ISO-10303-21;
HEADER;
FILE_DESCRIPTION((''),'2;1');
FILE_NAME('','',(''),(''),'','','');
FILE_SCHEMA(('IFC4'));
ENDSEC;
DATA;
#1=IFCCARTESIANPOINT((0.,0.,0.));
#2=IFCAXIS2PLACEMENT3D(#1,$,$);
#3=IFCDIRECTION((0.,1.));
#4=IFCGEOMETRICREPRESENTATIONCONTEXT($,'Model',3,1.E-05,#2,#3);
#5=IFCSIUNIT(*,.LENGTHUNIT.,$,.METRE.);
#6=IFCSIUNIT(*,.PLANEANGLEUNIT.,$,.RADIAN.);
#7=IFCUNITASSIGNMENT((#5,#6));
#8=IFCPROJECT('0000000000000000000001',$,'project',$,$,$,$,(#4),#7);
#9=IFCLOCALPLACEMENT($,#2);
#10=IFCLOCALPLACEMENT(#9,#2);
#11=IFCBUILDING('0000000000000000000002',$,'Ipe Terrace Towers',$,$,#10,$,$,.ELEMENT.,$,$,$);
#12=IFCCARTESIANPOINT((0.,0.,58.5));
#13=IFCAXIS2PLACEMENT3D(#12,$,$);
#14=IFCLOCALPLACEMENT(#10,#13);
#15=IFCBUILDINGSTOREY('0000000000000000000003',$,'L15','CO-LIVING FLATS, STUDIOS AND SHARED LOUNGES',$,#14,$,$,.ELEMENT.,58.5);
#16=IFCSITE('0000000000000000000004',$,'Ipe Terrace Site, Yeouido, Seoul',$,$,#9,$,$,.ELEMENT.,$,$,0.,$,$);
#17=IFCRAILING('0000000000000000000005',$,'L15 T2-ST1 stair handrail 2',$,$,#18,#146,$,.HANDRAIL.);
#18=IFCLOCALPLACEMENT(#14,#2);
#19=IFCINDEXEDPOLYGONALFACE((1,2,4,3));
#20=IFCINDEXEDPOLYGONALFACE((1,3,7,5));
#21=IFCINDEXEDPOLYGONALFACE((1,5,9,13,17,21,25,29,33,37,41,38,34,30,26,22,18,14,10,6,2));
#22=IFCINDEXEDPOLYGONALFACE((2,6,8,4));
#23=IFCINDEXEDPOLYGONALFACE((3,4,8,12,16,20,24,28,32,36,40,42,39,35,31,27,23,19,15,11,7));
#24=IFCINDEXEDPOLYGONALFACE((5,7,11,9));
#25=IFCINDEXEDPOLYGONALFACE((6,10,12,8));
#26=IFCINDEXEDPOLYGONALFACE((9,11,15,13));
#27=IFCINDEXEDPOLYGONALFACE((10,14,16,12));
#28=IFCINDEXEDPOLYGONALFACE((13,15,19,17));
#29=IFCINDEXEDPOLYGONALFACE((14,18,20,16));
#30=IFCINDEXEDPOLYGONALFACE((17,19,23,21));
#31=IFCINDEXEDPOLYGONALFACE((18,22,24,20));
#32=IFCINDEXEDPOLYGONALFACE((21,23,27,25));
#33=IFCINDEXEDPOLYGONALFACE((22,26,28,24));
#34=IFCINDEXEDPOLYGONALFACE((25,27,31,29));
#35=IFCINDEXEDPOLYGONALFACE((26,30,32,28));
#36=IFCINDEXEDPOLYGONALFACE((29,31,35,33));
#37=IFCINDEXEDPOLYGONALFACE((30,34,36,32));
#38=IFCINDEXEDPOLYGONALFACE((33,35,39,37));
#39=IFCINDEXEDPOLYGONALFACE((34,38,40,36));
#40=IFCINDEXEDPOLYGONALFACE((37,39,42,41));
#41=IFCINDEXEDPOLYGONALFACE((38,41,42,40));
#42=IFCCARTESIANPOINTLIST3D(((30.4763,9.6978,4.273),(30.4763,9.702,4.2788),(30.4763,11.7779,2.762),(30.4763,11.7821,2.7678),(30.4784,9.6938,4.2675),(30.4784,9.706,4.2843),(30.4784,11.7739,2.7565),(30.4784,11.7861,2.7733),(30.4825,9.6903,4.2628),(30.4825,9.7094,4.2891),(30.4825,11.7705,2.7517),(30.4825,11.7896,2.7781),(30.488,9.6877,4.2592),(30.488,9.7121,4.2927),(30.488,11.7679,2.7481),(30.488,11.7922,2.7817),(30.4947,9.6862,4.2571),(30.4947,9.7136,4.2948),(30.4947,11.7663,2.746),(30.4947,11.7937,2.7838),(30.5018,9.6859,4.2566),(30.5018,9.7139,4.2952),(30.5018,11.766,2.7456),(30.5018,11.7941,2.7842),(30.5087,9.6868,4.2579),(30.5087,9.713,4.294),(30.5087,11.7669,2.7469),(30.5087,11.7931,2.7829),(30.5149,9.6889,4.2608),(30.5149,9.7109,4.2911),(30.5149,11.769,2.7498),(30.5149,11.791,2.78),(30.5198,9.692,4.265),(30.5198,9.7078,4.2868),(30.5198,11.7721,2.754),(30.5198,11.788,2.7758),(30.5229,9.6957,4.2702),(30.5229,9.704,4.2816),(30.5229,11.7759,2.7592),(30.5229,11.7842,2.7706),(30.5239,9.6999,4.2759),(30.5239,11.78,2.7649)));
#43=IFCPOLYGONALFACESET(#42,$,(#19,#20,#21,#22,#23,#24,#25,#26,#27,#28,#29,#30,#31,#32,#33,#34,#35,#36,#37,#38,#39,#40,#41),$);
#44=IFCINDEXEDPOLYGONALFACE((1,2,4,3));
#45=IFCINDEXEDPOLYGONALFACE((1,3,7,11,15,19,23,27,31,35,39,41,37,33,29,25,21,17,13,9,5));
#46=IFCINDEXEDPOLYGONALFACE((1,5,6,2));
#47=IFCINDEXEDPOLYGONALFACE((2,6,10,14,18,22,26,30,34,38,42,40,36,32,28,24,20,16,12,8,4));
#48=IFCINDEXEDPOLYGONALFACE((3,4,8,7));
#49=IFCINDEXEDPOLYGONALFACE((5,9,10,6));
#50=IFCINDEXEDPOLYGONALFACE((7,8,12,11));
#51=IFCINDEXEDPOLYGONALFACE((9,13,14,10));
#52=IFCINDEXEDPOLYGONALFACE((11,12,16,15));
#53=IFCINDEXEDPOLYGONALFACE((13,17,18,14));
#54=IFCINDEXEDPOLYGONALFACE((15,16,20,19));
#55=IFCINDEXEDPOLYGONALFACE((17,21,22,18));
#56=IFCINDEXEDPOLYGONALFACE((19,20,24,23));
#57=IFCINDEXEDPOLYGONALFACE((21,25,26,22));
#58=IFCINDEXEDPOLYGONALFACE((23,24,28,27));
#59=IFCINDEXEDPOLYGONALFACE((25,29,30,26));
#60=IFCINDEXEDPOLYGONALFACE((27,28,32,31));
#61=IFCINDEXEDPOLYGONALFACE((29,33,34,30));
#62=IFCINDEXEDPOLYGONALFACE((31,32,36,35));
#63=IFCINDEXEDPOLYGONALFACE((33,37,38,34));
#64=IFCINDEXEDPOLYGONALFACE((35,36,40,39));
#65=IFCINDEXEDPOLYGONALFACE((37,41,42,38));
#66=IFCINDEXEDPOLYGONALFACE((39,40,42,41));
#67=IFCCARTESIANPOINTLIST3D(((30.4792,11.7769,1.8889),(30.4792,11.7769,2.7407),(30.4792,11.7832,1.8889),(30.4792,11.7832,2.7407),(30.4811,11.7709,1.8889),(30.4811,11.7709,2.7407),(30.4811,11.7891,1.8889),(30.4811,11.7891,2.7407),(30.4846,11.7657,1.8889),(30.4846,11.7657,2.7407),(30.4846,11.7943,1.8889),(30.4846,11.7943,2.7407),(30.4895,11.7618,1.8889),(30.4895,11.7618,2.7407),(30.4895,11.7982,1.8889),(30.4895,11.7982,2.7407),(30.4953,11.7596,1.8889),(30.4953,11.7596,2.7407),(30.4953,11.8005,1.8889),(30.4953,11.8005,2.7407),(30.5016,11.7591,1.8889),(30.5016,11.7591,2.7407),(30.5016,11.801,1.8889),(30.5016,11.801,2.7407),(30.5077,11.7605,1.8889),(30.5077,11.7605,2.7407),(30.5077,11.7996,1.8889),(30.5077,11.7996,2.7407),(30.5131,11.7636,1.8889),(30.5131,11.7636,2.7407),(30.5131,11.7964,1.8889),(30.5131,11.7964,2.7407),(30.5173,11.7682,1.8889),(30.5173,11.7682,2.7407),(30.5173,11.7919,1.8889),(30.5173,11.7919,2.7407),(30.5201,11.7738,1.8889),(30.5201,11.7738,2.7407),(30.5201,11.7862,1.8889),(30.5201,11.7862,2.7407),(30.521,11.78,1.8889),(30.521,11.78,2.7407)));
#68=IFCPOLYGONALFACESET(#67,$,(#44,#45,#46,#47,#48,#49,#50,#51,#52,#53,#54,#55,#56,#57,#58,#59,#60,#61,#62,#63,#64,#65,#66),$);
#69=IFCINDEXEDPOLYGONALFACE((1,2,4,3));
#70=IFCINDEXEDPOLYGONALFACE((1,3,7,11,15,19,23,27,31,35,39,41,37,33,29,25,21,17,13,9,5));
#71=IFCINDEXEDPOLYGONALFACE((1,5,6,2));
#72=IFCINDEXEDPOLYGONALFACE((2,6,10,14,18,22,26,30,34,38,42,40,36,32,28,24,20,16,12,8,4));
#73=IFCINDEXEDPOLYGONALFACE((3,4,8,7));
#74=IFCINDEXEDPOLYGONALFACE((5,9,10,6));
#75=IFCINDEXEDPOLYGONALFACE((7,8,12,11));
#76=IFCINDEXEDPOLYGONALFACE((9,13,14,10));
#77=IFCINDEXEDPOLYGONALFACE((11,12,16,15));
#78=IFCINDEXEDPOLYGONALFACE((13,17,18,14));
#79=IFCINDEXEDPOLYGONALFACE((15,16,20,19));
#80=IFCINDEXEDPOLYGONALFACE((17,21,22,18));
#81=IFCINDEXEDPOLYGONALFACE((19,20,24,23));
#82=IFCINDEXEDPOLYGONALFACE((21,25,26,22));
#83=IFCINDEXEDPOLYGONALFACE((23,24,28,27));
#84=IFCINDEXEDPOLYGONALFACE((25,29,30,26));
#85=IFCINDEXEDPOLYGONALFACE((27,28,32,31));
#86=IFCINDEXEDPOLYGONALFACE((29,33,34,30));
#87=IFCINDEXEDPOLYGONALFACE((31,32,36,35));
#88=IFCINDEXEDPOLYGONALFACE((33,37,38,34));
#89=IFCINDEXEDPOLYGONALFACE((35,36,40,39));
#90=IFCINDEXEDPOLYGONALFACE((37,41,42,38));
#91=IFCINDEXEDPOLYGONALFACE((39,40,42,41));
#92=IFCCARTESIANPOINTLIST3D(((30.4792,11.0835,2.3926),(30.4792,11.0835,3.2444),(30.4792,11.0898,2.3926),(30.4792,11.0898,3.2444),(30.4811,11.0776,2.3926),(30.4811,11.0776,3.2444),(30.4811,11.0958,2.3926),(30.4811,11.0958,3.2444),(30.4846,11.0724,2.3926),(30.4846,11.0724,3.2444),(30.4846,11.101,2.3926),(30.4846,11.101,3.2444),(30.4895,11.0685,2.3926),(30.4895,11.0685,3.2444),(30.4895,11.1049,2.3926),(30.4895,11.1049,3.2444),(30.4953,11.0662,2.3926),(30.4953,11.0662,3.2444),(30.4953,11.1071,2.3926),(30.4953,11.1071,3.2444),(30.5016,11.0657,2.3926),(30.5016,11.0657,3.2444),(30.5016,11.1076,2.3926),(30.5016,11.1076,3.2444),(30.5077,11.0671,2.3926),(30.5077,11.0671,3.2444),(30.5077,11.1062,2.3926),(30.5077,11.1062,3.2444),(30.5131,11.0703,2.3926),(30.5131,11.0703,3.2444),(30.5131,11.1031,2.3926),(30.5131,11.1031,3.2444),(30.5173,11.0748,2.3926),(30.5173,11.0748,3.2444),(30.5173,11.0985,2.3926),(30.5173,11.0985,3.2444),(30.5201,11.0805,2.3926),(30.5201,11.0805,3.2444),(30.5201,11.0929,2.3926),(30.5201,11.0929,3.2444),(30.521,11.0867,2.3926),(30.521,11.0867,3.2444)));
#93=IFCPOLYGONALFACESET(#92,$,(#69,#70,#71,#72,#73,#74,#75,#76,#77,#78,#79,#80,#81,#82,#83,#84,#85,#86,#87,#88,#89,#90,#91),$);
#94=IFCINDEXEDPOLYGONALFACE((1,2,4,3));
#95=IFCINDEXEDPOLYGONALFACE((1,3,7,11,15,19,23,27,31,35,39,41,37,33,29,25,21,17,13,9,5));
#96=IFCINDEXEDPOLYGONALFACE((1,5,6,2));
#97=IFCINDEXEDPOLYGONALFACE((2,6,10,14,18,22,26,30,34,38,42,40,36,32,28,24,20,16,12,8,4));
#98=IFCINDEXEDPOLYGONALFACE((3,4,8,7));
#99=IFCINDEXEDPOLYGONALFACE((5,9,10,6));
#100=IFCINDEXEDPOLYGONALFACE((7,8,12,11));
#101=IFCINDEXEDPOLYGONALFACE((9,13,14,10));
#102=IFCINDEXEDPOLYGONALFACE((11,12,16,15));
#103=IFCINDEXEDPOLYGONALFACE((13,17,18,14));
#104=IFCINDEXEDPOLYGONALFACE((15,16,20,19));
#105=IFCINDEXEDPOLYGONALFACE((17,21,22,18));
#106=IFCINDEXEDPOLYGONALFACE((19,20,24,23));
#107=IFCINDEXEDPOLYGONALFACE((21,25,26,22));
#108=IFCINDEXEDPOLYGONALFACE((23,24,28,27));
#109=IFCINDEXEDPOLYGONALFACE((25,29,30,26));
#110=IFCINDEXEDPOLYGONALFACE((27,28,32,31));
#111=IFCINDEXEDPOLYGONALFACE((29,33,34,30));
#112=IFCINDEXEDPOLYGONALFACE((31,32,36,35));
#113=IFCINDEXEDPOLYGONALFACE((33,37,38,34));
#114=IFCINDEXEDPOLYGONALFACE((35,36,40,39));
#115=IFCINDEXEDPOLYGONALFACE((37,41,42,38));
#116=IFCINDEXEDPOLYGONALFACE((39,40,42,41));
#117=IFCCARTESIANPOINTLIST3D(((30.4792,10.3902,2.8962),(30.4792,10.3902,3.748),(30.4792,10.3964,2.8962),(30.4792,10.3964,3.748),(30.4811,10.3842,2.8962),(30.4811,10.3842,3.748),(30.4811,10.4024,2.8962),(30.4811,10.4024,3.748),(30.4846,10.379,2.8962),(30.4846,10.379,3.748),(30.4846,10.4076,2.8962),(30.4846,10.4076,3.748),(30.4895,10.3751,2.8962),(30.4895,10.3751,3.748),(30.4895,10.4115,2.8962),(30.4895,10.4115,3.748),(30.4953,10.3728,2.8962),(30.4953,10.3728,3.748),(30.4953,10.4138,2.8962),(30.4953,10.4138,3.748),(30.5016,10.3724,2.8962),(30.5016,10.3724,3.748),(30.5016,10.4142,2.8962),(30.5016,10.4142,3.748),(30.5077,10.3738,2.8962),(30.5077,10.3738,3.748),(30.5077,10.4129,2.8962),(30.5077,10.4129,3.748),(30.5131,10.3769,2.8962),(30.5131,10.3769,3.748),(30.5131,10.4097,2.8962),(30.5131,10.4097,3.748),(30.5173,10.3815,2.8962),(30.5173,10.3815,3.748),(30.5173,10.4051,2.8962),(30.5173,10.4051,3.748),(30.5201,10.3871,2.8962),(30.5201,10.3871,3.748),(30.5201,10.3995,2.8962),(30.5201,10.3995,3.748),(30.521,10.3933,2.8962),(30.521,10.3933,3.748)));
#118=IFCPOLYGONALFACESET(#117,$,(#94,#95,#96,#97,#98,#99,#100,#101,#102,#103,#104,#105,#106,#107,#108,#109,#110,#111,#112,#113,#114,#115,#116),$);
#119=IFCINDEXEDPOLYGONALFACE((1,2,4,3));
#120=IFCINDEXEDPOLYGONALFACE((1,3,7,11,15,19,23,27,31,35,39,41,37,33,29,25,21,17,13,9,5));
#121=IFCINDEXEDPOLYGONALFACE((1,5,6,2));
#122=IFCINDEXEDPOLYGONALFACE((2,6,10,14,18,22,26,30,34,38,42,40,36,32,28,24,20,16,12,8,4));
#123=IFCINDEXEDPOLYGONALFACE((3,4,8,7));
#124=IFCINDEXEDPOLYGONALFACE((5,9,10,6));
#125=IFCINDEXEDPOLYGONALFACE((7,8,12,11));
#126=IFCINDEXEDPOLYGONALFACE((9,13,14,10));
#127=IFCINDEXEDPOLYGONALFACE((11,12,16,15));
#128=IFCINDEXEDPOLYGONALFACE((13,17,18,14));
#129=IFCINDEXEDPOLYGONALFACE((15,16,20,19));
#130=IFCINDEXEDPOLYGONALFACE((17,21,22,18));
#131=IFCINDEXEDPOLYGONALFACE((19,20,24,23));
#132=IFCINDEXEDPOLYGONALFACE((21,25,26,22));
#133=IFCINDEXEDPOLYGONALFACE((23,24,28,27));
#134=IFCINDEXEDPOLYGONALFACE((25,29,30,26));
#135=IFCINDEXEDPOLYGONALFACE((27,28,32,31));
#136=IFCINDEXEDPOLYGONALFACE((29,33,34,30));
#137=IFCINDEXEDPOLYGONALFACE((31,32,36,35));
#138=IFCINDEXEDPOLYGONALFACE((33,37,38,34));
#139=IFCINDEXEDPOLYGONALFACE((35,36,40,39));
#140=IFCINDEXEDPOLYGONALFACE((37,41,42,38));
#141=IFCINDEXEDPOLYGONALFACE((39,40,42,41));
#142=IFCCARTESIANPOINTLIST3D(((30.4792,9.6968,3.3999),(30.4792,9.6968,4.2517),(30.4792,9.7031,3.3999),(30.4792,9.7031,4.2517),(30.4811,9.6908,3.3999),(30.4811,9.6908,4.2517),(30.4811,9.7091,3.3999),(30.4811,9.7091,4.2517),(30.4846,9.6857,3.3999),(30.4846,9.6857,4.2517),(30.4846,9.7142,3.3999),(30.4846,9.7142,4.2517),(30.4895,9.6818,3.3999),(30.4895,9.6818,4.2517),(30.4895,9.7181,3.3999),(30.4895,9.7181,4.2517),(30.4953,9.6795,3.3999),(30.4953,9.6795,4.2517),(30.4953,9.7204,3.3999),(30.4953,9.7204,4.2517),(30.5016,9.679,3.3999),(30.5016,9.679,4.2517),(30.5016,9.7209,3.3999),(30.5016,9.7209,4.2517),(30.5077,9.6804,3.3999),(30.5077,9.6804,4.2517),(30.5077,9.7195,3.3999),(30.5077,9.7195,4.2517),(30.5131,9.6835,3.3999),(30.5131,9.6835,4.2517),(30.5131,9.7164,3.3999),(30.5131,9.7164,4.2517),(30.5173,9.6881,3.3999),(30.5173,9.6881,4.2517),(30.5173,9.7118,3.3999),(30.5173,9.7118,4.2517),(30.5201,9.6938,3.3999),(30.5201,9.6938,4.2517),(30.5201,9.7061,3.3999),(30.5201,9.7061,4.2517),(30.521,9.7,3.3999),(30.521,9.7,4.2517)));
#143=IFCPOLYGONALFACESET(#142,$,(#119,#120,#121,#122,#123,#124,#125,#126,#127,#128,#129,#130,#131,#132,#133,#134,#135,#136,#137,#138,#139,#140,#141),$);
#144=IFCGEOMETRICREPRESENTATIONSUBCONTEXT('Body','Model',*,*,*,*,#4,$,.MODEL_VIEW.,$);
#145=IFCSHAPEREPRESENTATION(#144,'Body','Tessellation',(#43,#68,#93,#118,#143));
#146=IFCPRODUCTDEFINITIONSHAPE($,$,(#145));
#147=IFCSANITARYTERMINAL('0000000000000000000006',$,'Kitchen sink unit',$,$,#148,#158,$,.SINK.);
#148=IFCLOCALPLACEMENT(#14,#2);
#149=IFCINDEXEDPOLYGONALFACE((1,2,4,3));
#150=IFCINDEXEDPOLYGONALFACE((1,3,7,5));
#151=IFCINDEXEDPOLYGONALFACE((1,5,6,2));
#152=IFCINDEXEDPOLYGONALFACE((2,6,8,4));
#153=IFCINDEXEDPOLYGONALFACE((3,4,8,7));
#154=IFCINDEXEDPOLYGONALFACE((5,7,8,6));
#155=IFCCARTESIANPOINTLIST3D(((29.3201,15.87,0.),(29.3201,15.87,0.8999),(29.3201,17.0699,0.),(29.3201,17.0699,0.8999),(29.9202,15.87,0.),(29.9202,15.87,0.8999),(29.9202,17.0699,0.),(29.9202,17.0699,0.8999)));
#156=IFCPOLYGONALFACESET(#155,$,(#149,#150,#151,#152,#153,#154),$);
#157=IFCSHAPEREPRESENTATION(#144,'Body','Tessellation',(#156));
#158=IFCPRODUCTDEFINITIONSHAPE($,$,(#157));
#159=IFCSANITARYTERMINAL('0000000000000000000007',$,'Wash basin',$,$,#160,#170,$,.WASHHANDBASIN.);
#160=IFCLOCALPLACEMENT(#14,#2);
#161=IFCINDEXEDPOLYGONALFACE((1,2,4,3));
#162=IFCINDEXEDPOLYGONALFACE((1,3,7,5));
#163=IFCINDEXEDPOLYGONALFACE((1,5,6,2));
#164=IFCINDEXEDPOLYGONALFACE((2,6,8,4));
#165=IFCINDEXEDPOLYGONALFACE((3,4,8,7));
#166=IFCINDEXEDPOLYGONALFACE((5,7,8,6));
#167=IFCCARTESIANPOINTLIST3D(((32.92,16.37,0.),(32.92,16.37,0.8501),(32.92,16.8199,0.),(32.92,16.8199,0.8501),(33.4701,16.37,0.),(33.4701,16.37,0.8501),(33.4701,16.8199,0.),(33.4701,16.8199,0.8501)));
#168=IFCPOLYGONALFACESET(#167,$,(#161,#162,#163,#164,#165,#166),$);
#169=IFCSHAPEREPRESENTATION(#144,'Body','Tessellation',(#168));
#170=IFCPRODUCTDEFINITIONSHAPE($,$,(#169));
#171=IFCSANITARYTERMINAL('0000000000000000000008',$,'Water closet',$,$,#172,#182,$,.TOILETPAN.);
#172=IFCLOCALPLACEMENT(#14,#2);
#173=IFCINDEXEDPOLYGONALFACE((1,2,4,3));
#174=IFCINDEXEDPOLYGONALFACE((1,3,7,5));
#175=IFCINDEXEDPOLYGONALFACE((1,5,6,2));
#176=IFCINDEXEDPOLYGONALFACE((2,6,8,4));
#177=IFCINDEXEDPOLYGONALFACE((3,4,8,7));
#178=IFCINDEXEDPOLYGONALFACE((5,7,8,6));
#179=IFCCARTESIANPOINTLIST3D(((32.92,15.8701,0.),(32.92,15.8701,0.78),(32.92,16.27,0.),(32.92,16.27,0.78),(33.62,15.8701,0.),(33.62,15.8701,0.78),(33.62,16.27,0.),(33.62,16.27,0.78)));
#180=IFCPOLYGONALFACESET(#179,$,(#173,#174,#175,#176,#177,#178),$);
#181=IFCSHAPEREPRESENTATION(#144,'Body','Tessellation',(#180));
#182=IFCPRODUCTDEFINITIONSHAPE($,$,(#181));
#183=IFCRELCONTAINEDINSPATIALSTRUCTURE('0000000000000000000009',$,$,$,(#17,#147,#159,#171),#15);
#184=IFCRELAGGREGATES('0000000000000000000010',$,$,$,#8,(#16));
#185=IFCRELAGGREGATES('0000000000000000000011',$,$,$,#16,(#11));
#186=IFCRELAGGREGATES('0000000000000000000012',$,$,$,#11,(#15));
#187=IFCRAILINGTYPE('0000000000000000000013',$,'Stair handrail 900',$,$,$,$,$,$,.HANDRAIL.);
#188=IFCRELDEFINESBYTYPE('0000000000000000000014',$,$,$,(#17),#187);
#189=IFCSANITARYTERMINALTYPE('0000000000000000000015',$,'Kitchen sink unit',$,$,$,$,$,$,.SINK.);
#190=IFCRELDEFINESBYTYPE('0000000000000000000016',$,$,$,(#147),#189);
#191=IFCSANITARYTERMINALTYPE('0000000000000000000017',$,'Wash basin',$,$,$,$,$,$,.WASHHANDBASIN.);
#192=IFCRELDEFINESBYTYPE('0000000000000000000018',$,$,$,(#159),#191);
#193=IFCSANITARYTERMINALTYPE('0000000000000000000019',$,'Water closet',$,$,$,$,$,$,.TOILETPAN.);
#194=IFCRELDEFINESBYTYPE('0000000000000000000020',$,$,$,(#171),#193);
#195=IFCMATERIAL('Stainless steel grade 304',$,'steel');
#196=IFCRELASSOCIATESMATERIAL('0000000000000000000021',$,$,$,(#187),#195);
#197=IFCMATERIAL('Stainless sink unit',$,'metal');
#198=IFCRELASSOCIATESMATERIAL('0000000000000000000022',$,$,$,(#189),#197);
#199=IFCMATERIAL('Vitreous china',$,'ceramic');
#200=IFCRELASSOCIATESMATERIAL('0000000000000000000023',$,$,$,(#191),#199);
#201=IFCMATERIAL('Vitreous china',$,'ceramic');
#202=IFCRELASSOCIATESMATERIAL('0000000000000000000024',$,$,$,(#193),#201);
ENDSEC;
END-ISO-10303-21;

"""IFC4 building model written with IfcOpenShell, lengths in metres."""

from ifc_helpers import new_model, si_unit, direction, frame, origin, origin_2d, place, context, subcontext, project, spatial, rectangle, circle, extrude, material, type_object, element, save


model = new_model("IFC4")

# Units and contexts
model_context = context("Model", 3, precision=1e-05, world=origin(), true_north=direction((0.0, 1.0)))
body_context = subcontext(model_context, "Body", "Model", "MODEL_VIEW")
ifc_project = project(units=[si_unit("LENGTHUNIT", "METRE"), si_unit("PLANEANGLEUNIT", "RADIAN")], contexts=[model_context])

# Site, building, storey
site_placement = place(None, origin())
site = spatial("IfcSite", under=ifc_project, at=site_placement, Name="Ipe Terrace Site, Yeouido, Seoul", CompositionType="ELEMENT", RefElevation=0.0)
building_placement = place(site_placement, origin())
building = spatial("IfcBuilding", under=site, at=building_placement, Name="Ipe Terrace Towers", CompositionType="ELEMENT")
storey_placement = place(building_placement, frame((0.0, 0.0, 58.5)))
storey = spatial("IfcBuildingStorey", under=building, at=storey_placement, Name="L15", Description="CO-LIVING FLATS, STUDIOS AND SHARED LOUNGES", CompositionType="ELEMENT", Elevation=58.5)

# Railing
ifc_material_1 = material(Name="Stainless steel grade 304", Category="steel")
railing_type_1 = type_object("IfcRailingType", Name="Stair handrail 900", PredefinedType="HANDRAIL", material=ifc_material_1)
railing_1_placement = place(storey_placement, frame((30.5, 11.78, 1.8889)))
element("IfcRailing", 1, at=railing_1_placement, inside=storey, type_object=railing_type_1, Name="L15 T2-ST1 stair handrail 2", PredefinedType="HANDRAIL", context=body_context, shape_type="SweptSolid", body=[
    extrude(circle(Radius=0.0239, at=origin_2d()), frame((0.0, 0.0, 0.876), z_axis=(0.0, -0.809069, 0.587714), x_axis=(1.0, 0.0, 0.0)), (0.0, 0.0, 1.0), 2.571),
    extrude(circle(Radius=0.021, at=origin_2d()), origin(), (0.0, 0.0, 1.0), 0.8518),
    extrude(circle(Radius=0.021, at=origin_2d()), frame((0.0, -0.6934, 0.5037)), (0.0, 0.0, 1.0), 0.8518),
    extrude(circle(Radius=0.021, at=origin_2d()), frame((0.0, -1.3867, 1.0073)), (0.0, 0.0, 1.0), 0.8518),
    extrude(circle(Radius=0.021, at=origin_2d()), frame((0.0, -2.0801, 1.511)), (0.0, 0.0, 1.0), 0.8518),
])

# Sanitary terminals
ifc_material_2 = material(Name="Stainless sink unit", Category="metal")
sanitary_terminal_type_1 = type_object("IfcSanitaryTerminalType", Name="Kitchen sink unit", PredefinedType="SINK", material=ifc_material_2)
sanitary_terminal_1_placement = place(storey_placement, frame((29.6201, 16.47, 0.0), z_axis=(0.0, 0.0, 1.0), x_axis=(0.0, 1.0, 0.0)))
element("IfcSanitaryTerminal", 2, at=sanitary_terminal_1_placement, inside=storey, type_object=sanitary_terminal_type_1, Name="Kitchen sink unit", PredefinedType="SINK", context=body_context, shape_type="SweptSolid", body=[
    extrude(rectangle(XDim=1.2, YDim=0.6001, at=origin_2d()), origin(), (0.0, 0.0, 1.0), 0.8999),
])
ifc_material_3 = material(Name="Vitreous china", Category="ceramic")
sanitary_terminal_type_2 = type_object("IfcSanitaryTerminalType", Name="Wash basin", PredefinedType="WASHHANDBASIN", material=ifc_material_3)
sanitary_terminal_2_placement = place(storey_placement, frame((33.1951, 16.595, 0.0), z_axis=(0.0, 0.0, 1.0), x_axis=(1.0, 0.0, 0.0)))
element("IfcSanitaryTerminal", 3, at=sanitary_terminal_2_placement, inside=storey, type_object=sanitary_terminal_type_2, Name="Wash basin", PredefinedType="WASHHANDBASIN", context=body_context, shape_type="SweptSolid", body=[
    extrude(rectangle(XDim=0.55, YDim=0.45, at=origin_2d()), origin(), (0.0, 0.0, 1.0), 0.8501),
])
ifc_material_4 = material(Name="Vitreous china", Category="ceramic")
sanitary_terminal_type_3 = type_object("IfcSanitaryTerminalType", Name="Water closet", PredefinedType="TOILETPAN", material=ifc_material_4)
sanitary_terminal_3_placement = place(storey_placement, frame((33.27, 16.0701, 0.0), z_axis=(0.0, 0.0, 1.0), x_axis=(1.0, 0.0, 0.0)))
element("IfcSanitaryTerminal", 4, at=sanitary_terminal_3_placement, inside=storey, type_object=sanitary_terminal_type_3, Name="Water closet", PredefinedType="TOILETPAN", context=body_context, shape_type="SweptSolid", body=[
    extrude(rectangle(XDim=0.7, YDim=0.3999, at=origin_2d()), origin(), (0.0, 0.0, 1.0), 0.78),
])

save(model, "model.ifc")
